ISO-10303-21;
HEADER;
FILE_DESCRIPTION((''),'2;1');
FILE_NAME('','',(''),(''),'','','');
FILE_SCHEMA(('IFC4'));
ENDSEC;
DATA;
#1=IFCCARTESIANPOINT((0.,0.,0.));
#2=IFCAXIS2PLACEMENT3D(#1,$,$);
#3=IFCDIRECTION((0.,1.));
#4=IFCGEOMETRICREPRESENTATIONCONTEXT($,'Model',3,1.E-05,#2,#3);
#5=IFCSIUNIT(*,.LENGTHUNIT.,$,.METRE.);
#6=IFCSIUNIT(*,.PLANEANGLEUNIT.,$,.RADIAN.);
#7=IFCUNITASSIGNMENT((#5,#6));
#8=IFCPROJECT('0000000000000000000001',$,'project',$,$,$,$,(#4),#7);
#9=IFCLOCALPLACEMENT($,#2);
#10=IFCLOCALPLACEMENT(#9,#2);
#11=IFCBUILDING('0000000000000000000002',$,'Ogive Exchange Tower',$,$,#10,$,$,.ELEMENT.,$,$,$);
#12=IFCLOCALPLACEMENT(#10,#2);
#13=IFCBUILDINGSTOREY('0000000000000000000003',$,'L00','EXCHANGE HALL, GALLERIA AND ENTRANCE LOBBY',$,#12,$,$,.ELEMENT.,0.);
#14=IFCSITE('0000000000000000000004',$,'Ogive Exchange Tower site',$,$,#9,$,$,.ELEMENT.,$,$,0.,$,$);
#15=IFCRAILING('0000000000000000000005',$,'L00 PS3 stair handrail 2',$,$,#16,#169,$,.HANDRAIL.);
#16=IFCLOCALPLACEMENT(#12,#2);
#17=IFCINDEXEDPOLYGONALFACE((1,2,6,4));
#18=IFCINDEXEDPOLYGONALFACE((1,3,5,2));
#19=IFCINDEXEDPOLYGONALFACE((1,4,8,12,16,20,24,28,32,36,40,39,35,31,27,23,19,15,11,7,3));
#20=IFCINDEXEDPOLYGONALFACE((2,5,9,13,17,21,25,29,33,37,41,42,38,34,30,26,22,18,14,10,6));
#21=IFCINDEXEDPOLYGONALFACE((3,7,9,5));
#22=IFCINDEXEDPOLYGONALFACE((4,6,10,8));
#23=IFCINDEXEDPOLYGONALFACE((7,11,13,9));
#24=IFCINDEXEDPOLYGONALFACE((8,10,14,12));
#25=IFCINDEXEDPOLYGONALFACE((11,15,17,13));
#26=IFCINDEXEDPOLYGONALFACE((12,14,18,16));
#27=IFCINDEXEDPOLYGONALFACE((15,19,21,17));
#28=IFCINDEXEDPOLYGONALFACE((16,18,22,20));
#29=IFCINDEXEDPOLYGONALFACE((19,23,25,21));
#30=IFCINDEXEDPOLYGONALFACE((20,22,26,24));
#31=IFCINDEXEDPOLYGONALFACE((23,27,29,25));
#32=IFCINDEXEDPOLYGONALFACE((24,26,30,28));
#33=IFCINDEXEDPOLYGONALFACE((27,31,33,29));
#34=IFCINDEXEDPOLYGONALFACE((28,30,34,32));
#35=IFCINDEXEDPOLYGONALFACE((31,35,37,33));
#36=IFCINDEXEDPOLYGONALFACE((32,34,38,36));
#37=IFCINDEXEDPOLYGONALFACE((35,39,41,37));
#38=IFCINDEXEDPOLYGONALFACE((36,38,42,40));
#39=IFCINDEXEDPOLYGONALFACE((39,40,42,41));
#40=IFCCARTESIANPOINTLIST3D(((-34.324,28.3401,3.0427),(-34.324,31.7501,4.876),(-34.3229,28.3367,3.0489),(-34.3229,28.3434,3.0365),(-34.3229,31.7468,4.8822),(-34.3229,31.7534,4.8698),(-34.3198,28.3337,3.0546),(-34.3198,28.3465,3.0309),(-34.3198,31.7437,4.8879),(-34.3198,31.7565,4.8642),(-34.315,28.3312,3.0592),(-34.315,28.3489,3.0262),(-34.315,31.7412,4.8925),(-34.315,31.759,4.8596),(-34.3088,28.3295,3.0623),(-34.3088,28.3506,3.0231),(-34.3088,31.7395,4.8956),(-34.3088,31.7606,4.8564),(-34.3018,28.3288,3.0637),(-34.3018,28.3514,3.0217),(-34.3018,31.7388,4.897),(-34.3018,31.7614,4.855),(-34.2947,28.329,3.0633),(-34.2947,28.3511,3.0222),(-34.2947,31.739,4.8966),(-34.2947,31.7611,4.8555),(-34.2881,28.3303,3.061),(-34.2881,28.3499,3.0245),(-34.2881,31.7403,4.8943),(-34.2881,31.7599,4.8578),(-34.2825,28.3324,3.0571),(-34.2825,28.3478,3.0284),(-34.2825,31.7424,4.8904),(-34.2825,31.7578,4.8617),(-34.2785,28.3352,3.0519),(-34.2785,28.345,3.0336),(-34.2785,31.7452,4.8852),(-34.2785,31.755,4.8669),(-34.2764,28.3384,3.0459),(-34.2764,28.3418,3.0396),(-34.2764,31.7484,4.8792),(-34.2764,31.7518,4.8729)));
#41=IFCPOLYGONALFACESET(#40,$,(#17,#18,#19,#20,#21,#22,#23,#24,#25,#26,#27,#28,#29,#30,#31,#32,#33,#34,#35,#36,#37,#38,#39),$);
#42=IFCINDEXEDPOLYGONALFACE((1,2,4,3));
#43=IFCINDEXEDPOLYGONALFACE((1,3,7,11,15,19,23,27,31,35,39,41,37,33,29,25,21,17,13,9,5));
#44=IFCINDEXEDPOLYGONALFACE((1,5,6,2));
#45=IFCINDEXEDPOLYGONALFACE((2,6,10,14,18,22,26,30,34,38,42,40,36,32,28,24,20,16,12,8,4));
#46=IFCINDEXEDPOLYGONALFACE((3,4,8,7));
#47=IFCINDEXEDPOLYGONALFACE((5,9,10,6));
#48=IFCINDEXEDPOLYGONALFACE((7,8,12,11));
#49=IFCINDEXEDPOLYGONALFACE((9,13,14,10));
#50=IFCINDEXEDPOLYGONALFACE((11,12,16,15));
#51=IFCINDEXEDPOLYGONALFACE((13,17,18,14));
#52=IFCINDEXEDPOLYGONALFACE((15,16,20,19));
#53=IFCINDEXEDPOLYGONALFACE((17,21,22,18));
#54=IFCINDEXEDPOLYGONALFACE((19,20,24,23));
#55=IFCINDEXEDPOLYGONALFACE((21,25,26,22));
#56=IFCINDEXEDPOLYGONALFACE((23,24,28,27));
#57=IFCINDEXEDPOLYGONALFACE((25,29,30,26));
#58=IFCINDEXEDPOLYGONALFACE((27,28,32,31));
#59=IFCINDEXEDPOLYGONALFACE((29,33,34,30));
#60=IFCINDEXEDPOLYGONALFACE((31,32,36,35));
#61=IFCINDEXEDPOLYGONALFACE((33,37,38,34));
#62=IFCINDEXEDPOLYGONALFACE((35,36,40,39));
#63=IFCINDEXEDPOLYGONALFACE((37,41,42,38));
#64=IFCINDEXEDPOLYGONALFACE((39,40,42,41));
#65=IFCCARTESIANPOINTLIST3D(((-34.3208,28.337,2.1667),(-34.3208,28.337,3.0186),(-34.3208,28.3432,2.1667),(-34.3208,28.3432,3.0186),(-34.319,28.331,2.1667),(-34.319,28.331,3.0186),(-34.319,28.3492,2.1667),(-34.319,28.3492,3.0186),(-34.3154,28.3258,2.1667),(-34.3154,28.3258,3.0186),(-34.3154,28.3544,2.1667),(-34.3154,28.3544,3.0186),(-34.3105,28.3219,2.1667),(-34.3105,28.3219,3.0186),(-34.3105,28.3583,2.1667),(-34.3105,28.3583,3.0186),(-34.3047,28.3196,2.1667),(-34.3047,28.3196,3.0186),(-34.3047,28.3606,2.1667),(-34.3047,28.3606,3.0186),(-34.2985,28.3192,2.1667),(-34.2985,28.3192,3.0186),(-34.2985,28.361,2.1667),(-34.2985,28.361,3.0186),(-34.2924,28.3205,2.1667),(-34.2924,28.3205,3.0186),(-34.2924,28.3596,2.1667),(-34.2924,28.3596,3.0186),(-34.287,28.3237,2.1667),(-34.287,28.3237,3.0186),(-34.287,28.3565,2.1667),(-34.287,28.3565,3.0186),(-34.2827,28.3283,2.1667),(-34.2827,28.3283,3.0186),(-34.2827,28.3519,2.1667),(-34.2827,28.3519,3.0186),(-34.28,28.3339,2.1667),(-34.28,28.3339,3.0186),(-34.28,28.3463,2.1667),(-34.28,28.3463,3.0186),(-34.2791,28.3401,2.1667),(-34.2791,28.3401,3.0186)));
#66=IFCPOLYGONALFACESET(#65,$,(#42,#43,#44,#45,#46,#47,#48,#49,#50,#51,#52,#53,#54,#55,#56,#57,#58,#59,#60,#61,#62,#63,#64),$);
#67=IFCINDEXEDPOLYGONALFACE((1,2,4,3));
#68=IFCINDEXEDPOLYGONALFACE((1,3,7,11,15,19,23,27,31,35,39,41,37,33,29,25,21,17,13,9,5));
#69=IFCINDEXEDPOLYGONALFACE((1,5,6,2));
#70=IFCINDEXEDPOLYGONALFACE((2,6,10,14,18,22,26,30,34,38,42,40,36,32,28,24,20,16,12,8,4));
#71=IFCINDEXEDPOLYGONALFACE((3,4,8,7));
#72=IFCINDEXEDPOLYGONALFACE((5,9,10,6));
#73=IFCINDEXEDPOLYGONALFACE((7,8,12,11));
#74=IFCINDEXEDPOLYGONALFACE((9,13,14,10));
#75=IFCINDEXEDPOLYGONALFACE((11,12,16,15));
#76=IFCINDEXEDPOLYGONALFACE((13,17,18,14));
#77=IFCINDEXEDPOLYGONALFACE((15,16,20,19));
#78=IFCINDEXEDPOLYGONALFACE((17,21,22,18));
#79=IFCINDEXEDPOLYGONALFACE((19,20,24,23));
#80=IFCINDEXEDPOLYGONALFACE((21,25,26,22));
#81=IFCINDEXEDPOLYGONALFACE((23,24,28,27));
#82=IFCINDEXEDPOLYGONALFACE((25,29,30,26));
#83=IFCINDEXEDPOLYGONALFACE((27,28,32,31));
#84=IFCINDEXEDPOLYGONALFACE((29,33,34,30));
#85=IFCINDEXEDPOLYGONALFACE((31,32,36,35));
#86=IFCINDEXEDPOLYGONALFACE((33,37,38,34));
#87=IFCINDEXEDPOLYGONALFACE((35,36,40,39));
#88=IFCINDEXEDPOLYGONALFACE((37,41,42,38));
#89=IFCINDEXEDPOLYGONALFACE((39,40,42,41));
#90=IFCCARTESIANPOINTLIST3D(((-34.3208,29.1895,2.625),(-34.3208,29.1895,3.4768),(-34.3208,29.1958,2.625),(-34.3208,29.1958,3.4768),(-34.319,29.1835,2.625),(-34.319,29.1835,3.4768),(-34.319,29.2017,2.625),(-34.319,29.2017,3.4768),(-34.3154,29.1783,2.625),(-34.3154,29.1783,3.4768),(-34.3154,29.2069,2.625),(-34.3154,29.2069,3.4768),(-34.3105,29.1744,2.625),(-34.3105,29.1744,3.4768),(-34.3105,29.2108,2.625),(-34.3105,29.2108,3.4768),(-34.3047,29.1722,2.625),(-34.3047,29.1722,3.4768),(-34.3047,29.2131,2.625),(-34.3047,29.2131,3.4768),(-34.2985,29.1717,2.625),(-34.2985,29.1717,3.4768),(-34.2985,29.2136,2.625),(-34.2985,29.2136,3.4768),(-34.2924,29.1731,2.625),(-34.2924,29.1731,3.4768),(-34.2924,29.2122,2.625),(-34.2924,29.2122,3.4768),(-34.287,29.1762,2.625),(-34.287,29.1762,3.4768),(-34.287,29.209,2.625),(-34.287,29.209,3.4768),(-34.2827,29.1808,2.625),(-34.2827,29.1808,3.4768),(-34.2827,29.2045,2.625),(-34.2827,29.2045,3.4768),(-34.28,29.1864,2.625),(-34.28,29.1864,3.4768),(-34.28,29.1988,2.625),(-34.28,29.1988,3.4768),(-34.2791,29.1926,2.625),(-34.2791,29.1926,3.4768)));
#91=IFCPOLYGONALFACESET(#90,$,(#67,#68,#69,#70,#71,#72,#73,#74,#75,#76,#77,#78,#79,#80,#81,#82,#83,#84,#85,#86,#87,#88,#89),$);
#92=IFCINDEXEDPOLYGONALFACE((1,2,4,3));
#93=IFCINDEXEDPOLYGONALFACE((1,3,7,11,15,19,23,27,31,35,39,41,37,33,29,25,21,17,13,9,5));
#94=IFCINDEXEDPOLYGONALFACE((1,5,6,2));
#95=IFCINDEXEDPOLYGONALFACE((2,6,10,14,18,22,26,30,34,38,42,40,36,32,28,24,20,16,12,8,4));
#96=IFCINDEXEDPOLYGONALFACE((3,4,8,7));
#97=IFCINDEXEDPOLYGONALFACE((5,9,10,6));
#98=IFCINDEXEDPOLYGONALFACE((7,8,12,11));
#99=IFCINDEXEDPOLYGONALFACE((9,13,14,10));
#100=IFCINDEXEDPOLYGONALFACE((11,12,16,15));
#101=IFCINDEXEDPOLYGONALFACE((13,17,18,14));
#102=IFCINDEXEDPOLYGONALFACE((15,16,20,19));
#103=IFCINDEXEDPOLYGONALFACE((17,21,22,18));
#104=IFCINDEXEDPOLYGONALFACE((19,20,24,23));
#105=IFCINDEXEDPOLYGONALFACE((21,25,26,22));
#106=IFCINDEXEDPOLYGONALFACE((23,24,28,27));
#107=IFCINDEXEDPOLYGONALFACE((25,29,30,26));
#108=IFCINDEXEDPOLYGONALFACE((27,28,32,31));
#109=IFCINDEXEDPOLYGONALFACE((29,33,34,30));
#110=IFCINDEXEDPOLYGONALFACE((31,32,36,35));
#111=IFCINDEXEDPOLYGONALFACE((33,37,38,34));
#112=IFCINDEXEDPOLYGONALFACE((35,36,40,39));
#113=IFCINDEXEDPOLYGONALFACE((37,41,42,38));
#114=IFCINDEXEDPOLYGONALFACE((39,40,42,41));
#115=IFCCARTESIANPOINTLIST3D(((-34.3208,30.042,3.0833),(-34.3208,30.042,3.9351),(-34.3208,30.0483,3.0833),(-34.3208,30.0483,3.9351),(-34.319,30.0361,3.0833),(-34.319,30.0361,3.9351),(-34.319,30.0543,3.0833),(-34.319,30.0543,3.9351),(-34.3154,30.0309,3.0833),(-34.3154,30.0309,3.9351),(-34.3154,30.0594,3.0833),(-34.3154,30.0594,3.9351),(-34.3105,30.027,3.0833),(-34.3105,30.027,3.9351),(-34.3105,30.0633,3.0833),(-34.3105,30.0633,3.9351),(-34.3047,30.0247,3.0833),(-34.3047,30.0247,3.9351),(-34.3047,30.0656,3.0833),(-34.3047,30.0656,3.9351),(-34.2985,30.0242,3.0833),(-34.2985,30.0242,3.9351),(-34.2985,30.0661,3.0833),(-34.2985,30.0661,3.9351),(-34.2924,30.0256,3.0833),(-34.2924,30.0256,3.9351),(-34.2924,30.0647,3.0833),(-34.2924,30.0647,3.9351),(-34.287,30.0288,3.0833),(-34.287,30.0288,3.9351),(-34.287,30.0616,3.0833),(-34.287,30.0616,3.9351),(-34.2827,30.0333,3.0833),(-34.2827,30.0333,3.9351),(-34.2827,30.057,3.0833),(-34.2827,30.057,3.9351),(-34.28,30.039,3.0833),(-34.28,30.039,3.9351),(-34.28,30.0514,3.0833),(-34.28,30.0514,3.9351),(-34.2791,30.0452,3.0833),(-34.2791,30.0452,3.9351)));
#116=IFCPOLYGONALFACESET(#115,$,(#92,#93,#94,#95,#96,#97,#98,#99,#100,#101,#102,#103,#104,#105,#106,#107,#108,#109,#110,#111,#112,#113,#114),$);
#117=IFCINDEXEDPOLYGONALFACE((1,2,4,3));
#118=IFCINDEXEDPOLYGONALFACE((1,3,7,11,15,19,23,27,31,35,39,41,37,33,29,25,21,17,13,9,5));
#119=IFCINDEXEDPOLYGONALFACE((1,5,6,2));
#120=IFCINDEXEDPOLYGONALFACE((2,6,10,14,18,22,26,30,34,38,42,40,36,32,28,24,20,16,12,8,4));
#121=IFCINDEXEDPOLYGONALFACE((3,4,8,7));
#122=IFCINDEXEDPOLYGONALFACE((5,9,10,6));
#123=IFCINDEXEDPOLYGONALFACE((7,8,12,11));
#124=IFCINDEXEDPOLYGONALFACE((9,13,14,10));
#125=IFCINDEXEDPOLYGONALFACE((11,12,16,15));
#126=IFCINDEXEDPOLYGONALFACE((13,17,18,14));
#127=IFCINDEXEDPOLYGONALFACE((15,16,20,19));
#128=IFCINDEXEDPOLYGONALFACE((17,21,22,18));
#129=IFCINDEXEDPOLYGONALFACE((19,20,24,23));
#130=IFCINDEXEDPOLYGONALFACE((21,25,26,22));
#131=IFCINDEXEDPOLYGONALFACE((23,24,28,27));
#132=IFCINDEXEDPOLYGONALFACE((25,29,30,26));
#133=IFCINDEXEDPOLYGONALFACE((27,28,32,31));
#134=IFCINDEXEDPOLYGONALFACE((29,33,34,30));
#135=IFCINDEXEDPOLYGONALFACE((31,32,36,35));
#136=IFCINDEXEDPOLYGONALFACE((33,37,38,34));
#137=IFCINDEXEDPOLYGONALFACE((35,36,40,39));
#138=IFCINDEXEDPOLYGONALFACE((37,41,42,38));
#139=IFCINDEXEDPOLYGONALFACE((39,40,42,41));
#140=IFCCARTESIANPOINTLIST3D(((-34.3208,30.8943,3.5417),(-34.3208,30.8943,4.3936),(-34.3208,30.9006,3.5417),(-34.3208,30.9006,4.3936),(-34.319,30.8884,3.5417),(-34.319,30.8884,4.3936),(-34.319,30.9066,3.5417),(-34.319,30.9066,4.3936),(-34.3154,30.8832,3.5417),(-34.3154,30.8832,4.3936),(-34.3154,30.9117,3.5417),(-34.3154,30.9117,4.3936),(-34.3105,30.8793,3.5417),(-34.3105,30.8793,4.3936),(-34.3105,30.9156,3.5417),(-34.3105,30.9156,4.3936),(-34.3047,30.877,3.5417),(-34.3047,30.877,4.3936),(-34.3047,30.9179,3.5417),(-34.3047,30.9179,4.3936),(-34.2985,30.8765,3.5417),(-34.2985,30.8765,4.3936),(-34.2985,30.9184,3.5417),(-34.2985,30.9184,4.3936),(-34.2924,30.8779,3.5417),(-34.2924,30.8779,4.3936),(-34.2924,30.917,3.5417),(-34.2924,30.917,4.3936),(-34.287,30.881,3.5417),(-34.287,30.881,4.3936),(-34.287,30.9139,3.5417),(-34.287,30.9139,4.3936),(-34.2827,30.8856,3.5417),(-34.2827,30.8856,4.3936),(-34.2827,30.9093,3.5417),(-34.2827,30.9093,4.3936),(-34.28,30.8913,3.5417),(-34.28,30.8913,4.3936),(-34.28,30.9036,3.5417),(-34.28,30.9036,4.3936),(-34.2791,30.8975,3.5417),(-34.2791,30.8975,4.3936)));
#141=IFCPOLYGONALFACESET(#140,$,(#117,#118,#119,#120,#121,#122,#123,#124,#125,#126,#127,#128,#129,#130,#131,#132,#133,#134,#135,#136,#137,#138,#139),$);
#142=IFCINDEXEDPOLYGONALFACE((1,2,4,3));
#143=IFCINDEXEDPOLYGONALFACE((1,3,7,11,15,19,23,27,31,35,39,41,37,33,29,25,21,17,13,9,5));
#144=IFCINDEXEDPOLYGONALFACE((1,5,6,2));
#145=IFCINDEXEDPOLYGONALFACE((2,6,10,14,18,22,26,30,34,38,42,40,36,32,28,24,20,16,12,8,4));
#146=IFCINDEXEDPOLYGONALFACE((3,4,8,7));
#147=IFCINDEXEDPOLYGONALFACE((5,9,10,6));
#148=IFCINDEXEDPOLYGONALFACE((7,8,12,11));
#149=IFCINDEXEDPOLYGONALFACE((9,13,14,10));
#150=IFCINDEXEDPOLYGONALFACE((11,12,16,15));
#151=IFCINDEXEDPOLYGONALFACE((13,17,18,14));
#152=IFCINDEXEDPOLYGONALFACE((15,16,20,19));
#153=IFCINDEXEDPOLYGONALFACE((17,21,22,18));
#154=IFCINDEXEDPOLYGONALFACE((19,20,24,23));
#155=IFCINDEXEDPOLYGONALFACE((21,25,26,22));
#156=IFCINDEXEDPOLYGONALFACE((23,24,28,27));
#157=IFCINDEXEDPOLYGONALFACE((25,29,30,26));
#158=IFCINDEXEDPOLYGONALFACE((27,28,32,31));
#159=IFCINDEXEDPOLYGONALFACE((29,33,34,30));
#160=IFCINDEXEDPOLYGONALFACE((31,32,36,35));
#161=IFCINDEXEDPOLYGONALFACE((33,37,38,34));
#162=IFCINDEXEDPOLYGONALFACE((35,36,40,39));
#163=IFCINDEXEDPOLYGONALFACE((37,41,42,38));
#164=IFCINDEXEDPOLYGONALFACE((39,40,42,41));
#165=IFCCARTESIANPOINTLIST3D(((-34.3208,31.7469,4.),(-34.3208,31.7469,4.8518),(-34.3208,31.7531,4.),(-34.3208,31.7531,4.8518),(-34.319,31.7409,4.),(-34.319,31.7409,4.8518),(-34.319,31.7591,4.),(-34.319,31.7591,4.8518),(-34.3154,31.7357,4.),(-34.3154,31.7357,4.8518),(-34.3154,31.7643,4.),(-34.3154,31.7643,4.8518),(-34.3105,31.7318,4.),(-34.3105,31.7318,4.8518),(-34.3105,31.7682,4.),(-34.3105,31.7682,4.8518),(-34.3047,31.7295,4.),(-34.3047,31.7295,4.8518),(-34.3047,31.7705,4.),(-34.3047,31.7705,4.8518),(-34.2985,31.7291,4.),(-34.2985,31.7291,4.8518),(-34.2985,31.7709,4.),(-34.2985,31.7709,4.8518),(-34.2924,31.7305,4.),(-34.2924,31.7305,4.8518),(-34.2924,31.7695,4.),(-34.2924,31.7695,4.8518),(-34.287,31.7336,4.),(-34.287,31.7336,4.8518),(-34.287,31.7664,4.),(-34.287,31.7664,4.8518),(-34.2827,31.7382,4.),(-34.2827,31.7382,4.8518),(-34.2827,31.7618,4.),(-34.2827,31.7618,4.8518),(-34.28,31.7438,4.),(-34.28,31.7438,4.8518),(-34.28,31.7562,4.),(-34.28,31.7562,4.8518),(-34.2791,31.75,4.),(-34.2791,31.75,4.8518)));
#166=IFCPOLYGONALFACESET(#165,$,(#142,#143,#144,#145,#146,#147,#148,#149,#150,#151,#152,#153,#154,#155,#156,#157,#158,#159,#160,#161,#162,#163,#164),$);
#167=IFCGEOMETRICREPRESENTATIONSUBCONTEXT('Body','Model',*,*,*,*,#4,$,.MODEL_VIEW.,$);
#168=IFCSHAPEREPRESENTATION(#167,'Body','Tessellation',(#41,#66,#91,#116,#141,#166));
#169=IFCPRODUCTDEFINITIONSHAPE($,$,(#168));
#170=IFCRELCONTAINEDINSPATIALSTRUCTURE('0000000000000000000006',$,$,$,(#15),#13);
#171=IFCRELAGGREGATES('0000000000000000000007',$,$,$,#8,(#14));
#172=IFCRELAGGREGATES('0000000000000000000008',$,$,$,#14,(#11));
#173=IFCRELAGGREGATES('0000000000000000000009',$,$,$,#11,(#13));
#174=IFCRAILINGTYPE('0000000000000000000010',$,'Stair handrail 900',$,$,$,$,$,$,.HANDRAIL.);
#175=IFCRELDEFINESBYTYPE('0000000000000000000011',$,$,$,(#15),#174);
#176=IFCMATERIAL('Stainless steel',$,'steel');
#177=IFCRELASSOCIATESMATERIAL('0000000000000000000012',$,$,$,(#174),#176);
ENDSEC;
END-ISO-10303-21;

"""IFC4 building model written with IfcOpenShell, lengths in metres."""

from ifc_helpers import new_model, si_unit, direction, frame, origin, origin_2d, place, context, subcontext, project, spatial, circle, extrude, material, type_object, element, save


model = new_model("IFC4")

# Units and contexts
model_context = context("Model", 3, precision=1e-05, world=origin(), true_north=direction((0.0, 1.0)))
body_context = subcontext(model_context, "Body", "Model", "MODEL_VIEW")
ifc_project = project(units=[si_unit("LENGTHUNIT", "METRE"), si_unit("PLANEANGLEUNIT", "RADIAN")], contexts=[model_context])

# Site, building, storey
site_placement = place(None, origin())
site = spatial("IfcSite", under=ifc_project, at=site_placement, Name="Ogive Exchange Tower site", CompositionType="ELEMENT", RefElevation=0.0)
building_placement = place(site_placement, origin())
building = spatial("IfcBuilding", under=site, at=building_placement, Name="Ogive Exchange Tower", CompositionType="ELEMENT")
storey_placement = place(building_placement, origin())
storey = spatial("IfcBuildingStorey", under=building, at=storey_placement, Name="L00", Description="EXCHANGE HALL, GALLERIA AND ENTRANCE LOBBY", CompositionType="ELEMENT", Elevation=0.0)

# Railing
ifc_material_1 = material(Name="Stainless steel", Category="steel")
railing_type = type_object("IfcRailingType", Name="Stair handrail 900", PredefinedType="HANDRAIL", material=ifc_material_1)
for number, where, name in (
    (1, (-34.3, 28.3401, 2.1667), "L00 PS3 stair handrail 2"),
):
    element("IfcRailing", number, at=place(storey_placement, frame(where)), inside=storey, type_object=railing_type, Name=name, PredefinedType="HANDRAIL", context=body_context, shape_type="SweptSolid", body=[
        extrude(circle(Radius=0.0239, at=origin_2d()), frame((0.0, 0.0, 0.876), z_axis=(0.0, 0.880779, 0.473528), x_axis=(-1.0, 0.0, 0.0)), (0.0, 0.0, 1.0), 3.8716),
        extrude(circle(Radius=0.021, at=origin_2d()), origin(), (0.0, 0.0, 1.0), 0.8518),
        extrude(circle(Radius=0.021, at=origin_2d()), frame((0.0, 0.8525, 0.4583)), (0.0, 0.0, 1.0), 0.8518),
        extrude(circle(Radius=0.021, at=origin_2d()), frame((0.0, 1.7051, 0.9165)), (0.0, 0.0, 1.0), 0.8518),
        extrude(circle(Radius=0.021, at=origin_2d()), frame((0.0, 2.5574, 1.375)), (0.0, 0.0, 1.0), 0.8518),
        extrude(circle(Radius=0.021, at=origin_2d()), frame((0.0, 3.4099, 1.8333)), (0.0, 0.0, 1.0), 0.8518),
    ])

save(model, "model.ifc")
